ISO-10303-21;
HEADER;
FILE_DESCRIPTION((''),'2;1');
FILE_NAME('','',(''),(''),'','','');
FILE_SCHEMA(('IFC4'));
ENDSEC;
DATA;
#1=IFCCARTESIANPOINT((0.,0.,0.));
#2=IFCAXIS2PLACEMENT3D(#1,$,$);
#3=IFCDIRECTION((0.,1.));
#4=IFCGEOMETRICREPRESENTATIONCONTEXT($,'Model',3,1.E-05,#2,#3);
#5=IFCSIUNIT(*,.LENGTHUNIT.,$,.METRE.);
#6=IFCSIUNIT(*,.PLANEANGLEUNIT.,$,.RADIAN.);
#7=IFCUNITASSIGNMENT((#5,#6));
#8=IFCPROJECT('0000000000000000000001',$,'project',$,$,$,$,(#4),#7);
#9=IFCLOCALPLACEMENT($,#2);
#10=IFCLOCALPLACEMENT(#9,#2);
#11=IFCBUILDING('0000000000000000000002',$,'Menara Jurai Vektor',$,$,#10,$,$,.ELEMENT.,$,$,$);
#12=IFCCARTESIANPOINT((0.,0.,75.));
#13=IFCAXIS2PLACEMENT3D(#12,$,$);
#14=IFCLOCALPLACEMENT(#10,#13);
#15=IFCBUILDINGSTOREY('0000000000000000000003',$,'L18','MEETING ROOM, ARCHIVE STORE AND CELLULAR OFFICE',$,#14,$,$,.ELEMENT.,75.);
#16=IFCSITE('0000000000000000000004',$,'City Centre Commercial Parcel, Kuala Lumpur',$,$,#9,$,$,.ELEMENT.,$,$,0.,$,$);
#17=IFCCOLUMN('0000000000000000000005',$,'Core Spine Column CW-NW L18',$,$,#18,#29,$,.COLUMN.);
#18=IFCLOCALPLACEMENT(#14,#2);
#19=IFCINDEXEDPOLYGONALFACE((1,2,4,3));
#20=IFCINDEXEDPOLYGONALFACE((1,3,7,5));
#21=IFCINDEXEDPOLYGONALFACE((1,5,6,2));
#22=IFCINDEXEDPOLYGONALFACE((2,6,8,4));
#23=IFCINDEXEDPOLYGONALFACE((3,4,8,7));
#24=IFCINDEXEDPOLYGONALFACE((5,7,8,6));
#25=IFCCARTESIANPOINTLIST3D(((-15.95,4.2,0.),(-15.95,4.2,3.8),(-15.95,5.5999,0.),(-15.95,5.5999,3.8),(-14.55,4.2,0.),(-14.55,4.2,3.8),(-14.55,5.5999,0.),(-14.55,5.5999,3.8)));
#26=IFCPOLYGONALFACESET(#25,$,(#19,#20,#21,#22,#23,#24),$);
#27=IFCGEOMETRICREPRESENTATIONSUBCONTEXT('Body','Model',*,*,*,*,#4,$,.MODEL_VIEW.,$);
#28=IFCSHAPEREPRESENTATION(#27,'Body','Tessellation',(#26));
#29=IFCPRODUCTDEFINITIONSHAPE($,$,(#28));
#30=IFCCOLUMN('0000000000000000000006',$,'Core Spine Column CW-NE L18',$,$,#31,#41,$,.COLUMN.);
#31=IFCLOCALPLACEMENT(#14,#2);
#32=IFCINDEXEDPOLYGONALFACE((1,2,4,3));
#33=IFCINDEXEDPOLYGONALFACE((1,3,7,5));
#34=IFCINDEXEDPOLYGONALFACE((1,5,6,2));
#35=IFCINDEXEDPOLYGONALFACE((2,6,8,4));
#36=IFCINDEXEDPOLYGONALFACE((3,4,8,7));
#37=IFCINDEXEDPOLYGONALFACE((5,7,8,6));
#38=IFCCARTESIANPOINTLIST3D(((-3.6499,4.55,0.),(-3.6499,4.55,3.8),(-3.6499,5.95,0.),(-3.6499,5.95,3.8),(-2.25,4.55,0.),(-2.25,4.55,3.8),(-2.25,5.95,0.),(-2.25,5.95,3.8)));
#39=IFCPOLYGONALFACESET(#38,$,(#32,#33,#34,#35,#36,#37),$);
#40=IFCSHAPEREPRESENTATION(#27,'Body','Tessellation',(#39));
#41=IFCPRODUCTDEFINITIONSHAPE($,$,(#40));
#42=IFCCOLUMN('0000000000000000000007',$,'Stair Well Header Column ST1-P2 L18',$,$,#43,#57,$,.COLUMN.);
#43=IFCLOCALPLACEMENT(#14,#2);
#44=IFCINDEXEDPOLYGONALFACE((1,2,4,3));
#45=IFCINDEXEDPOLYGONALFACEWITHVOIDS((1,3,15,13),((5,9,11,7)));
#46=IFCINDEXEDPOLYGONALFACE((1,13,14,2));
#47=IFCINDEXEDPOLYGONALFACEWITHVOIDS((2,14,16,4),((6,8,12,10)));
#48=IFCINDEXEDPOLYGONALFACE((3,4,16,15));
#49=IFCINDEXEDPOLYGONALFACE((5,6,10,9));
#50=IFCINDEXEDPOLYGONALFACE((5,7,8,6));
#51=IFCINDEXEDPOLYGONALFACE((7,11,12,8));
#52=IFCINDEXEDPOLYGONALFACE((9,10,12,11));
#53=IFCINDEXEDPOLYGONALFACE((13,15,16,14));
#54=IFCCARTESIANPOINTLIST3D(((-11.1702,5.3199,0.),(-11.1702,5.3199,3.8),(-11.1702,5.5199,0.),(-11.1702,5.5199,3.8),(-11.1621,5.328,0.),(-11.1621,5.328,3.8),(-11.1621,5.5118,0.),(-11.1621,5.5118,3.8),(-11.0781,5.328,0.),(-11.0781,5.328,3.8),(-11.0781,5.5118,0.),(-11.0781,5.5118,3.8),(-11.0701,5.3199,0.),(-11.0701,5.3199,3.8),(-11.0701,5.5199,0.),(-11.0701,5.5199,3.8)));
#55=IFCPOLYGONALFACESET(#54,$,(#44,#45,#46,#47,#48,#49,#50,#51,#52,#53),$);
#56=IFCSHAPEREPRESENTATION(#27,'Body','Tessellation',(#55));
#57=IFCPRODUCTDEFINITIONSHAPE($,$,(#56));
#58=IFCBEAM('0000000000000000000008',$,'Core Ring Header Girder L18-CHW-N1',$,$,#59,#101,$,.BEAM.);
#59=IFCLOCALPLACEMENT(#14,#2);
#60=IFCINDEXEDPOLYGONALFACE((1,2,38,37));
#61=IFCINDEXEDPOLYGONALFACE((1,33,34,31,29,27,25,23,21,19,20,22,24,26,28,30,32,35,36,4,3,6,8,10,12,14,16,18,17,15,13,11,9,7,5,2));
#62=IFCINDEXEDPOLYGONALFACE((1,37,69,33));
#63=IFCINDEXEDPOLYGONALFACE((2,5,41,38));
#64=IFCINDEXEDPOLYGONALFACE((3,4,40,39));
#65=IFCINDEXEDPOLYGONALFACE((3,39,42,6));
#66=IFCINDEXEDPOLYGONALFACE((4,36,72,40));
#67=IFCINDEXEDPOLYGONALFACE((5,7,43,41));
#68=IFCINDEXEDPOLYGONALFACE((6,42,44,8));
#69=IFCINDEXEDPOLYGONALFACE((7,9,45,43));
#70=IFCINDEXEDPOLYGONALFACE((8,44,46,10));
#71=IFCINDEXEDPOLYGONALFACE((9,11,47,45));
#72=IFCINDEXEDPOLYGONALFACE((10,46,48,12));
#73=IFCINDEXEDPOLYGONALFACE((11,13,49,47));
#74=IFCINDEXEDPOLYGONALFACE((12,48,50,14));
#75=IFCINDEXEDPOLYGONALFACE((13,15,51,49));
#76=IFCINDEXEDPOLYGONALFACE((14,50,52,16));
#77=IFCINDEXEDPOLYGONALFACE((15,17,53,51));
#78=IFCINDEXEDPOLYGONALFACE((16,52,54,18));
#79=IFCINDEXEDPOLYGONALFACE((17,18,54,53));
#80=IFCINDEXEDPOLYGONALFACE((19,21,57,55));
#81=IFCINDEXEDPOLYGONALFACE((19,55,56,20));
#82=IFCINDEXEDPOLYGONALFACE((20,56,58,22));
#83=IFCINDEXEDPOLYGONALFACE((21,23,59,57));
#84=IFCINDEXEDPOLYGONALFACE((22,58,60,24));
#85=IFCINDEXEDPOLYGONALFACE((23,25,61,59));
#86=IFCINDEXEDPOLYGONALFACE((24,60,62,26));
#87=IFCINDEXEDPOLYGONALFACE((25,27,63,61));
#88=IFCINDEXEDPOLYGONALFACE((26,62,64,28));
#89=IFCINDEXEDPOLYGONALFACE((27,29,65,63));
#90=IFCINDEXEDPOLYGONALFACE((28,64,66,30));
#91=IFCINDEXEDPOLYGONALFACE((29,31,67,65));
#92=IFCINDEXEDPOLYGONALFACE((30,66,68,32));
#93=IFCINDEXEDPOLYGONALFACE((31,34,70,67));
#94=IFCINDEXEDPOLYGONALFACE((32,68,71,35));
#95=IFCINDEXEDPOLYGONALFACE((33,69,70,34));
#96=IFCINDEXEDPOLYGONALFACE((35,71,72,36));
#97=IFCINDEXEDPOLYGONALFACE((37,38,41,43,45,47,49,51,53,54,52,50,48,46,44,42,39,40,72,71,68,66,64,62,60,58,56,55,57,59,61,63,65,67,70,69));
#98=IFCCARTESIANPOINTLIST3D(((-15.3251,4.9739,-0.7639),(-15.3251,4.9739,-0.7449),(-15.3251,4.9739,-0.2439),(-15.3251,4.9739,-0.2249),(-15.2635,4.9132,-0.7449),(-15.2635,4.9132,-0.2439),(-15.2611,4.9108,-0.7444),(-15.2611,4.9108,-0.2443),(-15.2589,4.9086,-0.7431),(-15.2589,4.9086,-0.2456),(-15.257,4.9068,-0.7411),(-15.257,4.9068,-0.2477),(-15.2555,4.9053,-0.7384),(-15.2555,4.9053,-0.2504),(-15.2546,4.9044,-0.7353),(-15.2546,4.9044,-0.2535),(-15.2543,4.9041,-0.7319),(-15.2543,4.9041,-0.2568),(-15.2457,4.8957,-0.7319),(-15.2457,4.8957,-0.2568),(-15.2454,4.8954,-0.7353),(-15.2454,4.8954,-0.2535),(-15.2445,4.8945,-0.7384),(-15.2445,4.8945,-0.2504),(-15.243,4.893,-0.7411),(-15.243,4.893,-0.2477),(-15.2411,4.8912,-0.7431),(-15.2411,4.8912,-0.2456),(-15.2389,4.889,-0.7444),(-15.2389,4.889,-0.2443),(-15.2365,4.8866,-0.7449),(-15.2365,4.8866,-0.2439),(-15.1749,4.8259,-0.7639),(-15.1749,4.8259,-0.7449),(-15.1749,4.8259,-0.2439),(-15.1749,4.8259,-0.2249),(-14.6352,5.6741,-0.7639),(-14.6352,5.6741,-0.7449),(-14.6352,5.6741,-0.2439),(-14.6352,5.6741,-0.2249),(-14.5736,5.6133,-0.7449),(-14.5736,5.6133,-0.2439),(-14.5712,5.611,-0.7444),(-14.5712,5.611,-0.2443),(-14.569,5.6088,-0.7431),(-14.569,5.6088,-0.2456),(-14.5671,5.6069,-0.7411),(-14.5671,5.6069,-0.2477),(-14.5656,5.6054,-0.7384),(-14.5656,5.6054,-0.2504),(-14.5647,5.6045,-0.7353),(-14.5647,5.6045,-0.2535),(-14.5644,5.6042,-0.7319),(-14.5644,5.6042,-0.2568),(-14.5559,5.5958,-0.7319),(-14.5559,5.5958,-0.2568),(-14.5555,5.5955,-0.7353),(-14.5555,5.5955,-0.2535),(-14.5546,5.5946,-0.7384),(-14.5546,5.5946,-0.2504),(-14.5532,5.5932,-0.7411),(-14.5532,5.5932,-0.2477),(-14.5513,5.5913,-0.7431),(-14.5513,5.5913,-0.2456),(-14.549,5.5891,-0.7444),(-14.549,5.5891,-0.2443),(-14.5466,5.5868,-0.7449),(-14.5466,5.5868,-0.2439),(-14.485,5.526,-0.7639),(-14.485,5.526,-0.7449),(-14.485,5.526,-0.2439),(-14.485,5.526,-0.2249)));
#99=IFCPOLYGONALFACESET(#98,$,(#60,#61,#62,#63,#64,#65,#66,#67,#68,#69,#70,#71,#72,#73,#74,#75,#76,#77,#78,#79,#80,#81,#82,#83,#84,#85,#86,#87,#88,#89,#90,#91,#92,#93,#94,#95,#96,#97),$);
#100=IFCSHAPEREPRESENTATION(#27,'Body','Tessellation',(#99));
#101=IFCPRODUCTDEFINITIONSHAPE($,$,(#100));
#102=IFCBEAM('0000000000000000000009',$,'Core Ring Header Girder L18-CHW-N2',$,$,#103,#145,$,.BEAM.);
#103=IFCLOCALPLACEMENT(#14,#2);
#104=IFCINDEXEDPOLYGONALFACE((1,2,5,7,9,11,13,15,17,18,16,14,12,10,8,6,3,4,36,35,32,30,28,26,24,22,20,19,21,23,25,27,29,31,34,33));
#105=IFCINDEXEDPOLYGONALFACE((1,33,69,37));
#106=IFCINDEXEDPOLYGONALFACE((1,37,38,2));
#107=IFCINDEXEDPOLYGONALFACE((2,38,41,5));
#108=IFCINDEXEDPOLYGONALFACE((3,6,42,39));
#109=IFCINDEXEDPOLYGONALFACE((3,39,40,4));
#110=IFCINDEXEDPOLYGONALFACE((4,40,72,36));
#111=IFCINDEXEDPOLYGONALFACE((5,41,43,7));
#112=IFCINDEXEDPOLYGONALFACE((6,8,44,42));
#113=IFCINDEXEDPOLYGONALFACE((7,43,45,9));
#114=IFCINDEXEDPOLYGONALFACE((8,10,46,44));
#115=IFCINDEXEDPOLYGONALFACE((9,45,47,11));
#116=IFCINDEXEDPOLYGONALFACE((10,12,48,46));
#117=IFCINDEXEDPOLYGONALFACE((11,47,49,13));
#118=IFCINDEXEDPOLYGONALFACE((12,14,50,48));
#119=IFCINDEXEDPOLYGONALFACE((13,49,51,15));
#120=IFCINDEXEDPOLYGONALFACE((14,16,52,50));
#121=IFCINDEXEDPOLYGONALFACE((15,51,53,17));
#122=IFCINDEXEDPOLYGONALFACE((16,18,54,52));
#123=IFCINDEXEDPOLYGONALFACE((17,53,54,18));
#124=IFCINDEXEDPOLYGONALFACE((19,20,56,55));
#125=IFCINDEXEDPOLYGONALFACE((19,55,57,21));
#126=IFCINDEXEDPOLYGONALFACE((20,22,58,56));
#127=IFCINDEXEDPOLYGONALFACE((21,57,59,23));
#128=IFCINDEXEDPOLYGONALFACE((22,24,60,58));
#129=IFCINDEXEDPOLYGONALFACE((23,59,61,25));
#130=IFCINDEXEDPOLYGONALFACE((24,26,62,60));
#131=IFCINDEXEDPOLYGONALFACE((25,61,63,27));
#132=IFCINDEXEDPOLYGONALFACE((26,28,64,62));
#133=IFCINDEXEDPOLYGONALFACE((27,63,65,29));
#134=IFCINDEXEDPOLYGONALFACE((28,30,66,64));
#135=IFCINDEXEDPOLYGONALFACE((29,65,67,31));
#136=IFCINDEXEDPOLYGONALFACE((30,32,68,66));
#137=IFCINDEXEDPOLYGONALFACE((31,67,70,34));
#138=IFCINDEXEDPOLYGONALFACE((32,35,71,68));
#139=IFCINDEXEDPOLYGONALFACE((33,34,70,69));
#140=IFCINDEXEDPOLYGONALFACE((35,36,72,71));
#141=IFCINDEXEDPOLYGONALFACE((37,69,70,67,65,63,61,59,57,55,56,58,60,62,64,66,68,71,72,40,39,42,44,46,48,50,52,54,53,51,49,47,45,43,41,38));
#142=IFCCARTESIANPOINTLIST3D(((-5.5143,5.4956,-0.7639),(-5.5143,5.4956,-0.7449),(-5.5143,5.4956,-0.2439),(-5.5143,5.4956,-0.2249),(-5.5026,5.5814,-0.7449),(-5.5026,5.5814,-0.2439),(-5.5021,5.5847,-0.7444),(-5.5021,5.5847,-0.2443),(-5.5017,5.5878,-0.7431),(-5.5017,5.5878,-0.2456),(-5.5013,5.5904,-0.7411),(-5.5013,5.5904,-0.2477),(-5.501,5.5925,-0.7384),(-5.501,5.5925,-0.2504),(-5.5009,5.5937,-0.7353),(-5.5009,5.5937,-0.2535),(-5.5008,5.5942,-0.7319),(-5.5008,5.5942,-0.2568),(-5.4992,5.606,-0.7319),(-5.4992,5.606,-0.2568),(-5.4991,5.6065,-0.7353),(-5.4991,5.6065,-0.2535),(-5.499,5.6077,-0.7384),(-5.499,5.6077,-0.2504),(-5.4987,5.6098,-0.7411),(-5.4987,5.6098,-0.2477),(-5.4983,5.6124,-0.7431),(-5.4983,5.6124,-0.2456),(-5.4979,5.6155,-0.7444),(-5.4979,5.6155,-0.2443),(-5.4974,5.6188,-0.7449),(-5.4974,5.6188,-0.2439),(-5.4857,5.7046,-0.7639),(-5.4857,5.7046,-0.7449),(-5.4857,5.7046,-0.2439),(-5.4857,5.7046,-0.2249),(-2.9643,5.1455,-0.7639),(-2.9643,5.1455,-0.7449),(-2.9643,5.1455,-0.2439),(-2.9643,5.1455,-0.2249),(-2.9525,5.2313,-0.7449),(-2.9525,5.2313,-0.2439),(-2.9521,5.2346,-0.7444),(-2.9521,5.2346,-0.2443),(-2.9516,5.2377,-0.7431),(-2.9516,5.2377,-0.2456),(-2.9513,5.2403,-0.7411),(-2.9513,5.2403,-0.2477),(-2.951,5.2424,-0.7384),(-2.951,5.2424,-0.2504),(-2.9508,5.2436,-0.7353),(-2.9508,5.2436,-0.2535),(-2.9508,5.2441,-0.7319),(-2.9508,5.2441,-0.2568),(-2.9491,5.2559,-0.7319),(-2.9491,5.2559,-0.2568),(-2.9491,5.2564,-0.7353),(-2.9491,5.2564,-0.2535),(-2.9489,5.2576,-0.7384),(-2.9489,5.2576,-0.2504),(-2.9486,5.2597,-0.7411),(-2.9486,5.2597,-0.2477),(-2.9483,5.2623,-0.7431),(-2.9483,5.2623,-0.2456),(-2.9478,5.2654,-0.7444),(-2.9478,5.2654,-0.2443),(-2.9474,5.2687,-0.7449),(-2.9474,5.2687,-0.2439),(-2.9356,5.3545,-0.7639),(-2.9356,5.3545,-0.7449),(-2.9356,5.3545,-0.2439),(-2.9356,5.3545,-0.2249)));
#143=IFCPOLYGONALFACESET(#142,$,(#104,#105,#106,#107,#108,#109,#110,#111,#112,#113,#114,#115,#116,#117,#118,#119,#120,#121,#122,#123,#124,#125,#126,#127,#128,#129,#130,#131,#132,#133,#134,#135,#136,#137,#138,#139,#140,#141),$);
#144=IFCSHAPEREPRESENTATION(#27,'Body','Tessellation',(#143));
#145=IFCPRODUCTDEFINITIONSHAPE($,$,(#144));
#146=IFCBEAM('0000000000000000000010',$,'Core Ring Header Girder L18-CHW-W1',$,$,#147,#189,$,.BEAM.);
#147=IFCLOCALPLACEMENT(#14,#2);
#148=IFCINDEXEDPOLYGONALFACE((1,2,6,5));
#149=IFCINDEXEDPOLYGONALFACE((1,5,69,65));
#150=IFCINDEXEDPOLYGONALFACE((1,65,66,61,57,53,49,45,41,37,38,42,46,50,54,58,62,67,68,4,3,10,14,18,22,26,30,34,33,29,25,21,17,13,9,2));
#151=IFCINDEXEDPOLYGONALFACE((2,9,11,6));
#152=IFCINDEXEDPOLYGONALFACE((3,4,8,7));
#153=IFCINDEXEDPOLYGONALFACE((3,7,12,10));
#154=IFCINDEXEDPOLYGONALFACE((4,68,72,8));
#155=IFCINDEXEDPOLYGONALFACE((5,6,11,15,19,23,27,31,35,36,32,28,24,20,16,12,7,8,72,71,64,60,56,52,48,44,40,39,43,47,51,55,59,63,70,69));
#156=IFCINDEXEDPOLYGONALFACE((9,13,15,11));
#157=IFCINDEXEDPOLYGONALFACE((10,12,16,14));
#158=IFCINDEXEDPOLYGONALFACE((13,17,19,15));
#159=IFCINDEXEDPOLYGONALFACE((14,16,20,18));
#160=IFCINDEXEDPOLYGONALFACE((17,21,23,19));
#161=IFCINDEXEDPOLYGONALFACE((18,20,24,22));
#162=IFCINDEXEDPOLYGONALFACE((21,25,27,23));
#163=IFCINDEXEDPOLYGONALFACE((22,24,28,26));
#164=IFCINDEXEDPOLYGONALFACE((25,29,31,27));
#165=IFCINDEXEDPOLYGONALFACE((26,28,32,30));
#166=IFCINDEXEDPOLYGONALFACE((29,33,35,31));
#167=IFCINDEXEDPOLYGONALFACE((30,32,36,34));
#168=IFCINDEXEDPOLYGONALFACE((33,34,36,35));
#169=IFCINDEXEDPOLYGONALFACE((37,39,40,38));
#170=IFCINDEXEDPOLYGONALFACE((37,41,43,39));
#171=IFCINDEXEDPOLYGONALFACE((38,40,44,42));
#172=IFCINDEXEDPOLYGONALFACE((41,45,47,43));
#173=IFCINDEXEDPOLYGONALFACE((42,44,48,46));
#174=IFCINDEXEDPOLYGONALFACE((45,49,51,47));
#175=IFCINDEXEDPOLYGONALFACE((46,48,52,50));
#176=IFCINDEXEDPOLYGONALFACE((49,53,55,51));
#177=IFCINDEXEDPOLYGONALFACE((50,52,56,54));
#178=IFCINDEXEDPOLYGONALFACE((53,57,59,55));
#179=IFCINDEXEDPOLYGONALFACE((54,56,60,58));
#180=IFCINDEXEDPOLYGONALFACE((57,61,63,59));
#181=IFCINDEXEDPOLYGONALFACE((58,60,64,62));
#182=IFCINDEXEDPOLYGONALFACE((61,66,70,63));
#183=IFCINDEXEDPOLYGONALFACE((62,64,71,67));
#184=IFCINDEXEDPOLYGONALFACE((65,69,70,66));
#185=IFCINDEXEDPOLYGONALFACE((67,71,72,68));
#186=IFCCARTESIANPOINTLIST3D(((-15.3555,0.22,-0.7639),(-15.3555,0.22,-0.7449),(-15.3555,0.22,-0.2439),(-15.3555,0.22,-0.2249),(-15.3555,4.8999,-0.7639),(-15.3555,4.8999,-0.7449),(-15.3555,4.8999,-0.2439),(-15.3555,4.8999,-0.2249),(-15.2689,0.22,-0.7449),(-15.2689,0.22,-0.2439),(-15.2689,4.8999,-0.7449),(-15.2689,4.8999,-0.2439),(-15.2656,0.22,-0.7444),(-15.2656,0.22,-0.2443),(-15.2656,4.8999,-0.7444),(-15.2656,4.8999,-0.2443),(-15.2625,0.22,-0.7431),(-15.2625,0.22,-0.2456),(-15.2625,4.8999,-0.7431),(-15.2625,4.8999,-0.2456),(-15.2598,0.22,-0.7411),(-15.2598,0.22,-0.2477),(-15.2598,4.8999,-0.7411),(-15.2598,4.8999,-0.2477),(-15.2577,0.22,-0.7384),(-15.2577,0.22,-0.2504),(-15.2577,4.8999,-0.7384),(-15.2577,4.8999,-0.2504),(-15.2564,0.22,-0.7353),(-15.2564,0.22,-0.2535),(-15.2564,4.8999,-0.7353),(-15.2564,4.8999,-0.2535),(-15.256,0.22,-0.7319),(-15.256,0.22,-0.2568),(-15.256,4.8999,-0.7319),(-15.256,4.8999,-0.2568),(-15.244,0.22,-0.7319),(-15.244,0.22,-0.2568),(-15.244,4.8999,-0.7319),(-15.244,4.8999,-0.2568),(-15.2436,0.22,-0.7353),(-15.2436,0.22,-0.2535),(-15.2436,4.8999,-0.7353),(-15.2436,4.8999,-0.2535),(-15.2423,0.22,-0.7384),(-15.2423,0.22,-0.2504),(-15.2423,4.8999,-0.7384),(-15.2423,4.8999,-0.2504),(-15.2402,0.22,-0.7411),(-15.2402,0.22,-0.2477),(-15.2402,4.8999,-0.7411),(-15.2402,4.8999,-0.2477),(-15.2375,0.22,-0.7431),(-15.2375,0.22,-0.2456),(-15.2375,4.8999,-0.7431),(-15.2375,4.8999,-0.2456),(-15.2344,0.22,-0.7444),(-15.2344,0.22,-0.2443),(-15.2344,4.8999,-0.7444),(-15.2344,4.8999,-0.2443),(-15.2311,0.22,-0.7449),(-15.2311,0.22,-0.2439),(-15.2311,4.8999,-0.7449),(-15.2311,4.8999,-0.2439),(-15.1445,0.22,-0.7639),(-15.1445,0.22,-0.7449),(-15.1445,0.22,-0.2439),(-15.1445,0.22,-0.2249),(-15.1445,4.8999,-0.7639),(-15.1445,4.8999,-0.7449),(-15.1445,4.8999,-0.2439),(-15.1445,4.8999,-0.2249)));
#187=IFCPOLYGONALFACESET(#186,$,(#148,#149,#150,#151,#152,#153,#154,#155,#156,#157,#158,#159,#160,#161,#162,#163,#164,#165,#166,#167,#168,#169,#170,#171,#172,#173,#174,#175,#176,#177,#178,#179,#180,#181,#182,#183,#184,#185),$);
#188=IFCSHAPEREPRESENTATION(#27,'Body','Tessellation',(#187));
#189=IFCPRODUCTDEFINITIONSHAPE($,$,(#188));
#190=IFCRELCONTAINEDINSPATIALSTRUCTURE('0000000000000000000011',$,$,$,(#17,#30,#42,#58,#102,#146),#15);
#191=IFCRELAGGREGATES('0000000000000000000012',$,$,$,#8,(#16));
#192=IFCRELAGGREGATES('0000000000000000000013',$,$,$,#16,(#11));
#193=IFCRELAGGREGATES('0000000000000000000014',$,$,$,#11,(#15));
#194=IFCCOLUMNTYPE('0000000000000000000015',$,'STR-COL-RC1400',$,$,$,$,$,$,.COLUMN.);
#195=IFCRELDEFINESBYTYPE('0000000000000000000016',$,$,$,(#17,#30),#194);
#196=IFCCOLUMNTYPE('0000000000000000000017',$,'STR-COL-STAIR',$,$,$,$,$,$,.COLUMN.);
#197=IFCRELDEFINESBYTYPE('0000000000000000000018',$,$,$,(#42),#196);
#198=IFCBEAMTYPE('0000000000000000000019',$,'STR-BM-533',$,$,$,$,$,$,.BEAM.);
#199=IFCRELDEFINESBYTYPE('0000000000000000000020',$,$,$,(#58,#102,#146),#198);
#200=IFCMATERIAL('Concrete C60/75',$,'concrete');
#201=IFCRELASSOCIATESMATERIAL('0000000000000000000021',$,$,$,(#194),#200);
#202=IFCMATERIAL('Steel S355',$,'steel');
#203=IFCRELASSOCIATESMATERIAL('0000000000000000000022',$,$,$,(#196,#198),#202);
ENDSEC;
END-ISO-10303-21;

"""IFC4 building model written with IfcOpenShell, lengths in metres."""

from ifc_helpers import new_model, si_unit, direction, frame, origin, origin_2d, place, context, subcontext, project, spatial, rectangle, hollow_rectangle, i_section, extrude, material, material_profile, profile_set, type_object, element, save


model = new_model("IFC4")

# Units and contexts
model_context = context("Model", 3, precision=1e-05, world=origin(), true_north=direction((0.0, 1.0)))
body_context = subcontext(model_context, "Body", "Model", "MODEL_VIEW")
ifc_project = project(units=[si_unit("LENGTHUNIT", "METRE"), si_unit("PLANEANGLEUNIT", "RADIAN")], contexts=[model_context])

# Site, building, storey
site_placement = place(None, origin())
site = spatial("IfcSite", under=ifc_project, at=site_placement, Name="City Centre Commercial Parcel, Kuala Lumpur", CompositionType="ELEMENT", RefElevation=0.0)
building_placement = place(site_placement, origin())
building = spatial("IfcBuilding", under=site, at=building_placement, Name="Menara Jurai Vektor", CompositionType="ELEMENT")
storey_placement = place(building_placement, frame((0.0, 0.0, 75.0)))
storey = spatial("IfcBuildingStorey", under=building, at=storey_placement, Name="L18", Description="MEETING ROOM, ARCHIVE STORE AND CELLULAR OFFICE", CompositionType="ELEMENT", Elevation=75.0)

# Columns
ifc_material_1 = material(Name="Concrete C60/75", Category="concrete")
ifc_material_profile_1 = material_profile(ifc_material_1, rectangle(XDim=1.3999, YDim=1.3999, at=origin_2d()), Name="RC 1400x1400")
ifc_profile_set_1 = profile_set([ifc_material_profile_1], Name="Concrete C60/75")
column_type_1 = type_object("IfcColumnType", Name="STR-COL-RC1400", PredefinedType="COLUMN", material=ifc_profile_set_1)
for number, where, z_axis, x_axis, name in (
    (1, (-15.25, 4.8999, 0.0), (0.0, 0.0, 1.0), (1.0, 0.0, 0.0), "Core Spine Column CW-NW L18"),
    (2, (-2.95, 5.25, 0.0), (0.0, 0.0, 1.0), (1.0, 0.0, 0.0), "Core Spine Column CW-NE L18"),
):
    element("IfcColumn", number, at=place(storey_placement, frame(where, z_axis=z_axis, x_axis=x_axis)), inside=storey, type_object=column_type_1, Name=name, PredefinedType="COLUMN", context=body_context, shape_type="SweptSolid", body=[
        extrude(rectangle(XDim=1.3999, YDim=1.3999, at=origin_2d()), origin(), (0.0, 0.0, 1.0), 3.8),
    ])
ifc_material_2 = material(Name="Steel S355", Category="steel")
ifc_material_profile_2 = material_profile(ifc_material_2, hollow_rectangle(XDim=0.1001, YDim=0.2, WallThickness=0.0081, at=origin_2d()), Name="RHS 200x100x8")
ifc_profile_set_2 = profile_set([ifc_material_profile_2], Name="Steel S355")
column_type_2 = type_object("IfcColumnType", Name="STR-COL-STAIR", PredefinedType="COLUMN", material=ifc_profile_set_2)
column_placement = place(storey_placement, frame((-11.1201, 5.4199, 0.0), z_axis=(0.0, 0.0, 1.0), x_axis=(1.0, 0.0, 0.0)))
element("IfcColumn", 3, at=column_placement, inside=storey, type_object=column_type_2, Name="Stair Well Header Column ST1-P2 L18", PredefinedType="COLUMN", context=body_context, shape_type="SweptSolid", body=[
    extrude(hollow_rectangle(XDim=0.1001, YDim=0.2, WallThickness=0.0081, at=origin_2d()), origin(), (0.0, 0.0, 1.0), 3.8),
])

# Beams
ifc_material_profile_3 = material_profile(ifc_material_2, i_section(OverallWidth=0.2109, OverallDepth=0.5391, WebThickness=0.012, FlangeThickness=0.019, FilletRadius=0.0129, at=origin_2d()), Name="UKB 533x210x109")
ifc_profile_set_3 = profile_set([ifc_material_profile_3], Name="Steel S355")
beam_type_1 = type_object("IfcBeamType", Name="STR-BM-533", PredefinedType="BEAM", material=ifc_profile_set_3)
beam_1_placement = place(storey_placement, frame((-15.25, 4.8999, -0.4944), z_axis=(0.701872, 0.712303, 0.0), x_axis=(-0.712303, 0.701872, 0.0)))
element("IfcBeam", 4, at=beam_1_placement, inside=storey, type_object=beam_type_1, Name="Core Ring Header Girder L18-CHW-N1", PredefinedType="BEAM", context=body_context, shape_type="SweptSolid", body=[
    extrude(i_section(OverallWidth=0.2109, OverallDepth=0.5391, WebThickness=0.012, FlangeThickness=0.019, FilletRadius=0.0129, at=origin_2d()), origin(), (0.0, 0.0, 1.0), 0.9829),
])
beam_2_placement = place(storey_placement, frame((-5.5, 5.6001, -0.4944), z_axis=(0.990707, -0.136015, 0.0), x_axis=(0.136015, 0.990707, 0.0)))
element("IfcBeam", 5, at=beam_2_placement, inside=storey, type_object=beam_type_1, Name="Core Ring Header Girder L18-CHW-N2", PredefinedType="BEAM", context=body_context, shape_type="SweptSolid", body=[
    extrude(i_section(OverallWidth=0.2109, OverallDepth=0.5391, WebThickness=0.012, FlangeThickness=0.019, FilletRadius=0.0129, at=origin_2d()), origin(), (0.0, 0.0, 1.0), 2.574),
])
beam_3_placement = place(storey_placement, frame((-15.25, 0.22, -0.4944), z_axis=(0.0, 1.0, 0.0), x_axis=(-1.0, 0.0, 0.0)))
element("IfcBeam", 6, at=beam_3_placement, inside=storey, type_object=beam_type_1, Name="Core Ring Header Girder L18-CHW-W1", PredefinedType="BEAM", context=body_context, shape_type="SweptSolid", body=[
    extrude(i_section(OverallWidth=0.2109, OverallDepth=0.5391, WebThickness=0.012, FlangeThickness=0.019, FilletRadius=0.0129, at=origin_2d()), origin(), (0.0, 0.0, 1.0), 4.6799),
])

save(model, "model.ifc")
